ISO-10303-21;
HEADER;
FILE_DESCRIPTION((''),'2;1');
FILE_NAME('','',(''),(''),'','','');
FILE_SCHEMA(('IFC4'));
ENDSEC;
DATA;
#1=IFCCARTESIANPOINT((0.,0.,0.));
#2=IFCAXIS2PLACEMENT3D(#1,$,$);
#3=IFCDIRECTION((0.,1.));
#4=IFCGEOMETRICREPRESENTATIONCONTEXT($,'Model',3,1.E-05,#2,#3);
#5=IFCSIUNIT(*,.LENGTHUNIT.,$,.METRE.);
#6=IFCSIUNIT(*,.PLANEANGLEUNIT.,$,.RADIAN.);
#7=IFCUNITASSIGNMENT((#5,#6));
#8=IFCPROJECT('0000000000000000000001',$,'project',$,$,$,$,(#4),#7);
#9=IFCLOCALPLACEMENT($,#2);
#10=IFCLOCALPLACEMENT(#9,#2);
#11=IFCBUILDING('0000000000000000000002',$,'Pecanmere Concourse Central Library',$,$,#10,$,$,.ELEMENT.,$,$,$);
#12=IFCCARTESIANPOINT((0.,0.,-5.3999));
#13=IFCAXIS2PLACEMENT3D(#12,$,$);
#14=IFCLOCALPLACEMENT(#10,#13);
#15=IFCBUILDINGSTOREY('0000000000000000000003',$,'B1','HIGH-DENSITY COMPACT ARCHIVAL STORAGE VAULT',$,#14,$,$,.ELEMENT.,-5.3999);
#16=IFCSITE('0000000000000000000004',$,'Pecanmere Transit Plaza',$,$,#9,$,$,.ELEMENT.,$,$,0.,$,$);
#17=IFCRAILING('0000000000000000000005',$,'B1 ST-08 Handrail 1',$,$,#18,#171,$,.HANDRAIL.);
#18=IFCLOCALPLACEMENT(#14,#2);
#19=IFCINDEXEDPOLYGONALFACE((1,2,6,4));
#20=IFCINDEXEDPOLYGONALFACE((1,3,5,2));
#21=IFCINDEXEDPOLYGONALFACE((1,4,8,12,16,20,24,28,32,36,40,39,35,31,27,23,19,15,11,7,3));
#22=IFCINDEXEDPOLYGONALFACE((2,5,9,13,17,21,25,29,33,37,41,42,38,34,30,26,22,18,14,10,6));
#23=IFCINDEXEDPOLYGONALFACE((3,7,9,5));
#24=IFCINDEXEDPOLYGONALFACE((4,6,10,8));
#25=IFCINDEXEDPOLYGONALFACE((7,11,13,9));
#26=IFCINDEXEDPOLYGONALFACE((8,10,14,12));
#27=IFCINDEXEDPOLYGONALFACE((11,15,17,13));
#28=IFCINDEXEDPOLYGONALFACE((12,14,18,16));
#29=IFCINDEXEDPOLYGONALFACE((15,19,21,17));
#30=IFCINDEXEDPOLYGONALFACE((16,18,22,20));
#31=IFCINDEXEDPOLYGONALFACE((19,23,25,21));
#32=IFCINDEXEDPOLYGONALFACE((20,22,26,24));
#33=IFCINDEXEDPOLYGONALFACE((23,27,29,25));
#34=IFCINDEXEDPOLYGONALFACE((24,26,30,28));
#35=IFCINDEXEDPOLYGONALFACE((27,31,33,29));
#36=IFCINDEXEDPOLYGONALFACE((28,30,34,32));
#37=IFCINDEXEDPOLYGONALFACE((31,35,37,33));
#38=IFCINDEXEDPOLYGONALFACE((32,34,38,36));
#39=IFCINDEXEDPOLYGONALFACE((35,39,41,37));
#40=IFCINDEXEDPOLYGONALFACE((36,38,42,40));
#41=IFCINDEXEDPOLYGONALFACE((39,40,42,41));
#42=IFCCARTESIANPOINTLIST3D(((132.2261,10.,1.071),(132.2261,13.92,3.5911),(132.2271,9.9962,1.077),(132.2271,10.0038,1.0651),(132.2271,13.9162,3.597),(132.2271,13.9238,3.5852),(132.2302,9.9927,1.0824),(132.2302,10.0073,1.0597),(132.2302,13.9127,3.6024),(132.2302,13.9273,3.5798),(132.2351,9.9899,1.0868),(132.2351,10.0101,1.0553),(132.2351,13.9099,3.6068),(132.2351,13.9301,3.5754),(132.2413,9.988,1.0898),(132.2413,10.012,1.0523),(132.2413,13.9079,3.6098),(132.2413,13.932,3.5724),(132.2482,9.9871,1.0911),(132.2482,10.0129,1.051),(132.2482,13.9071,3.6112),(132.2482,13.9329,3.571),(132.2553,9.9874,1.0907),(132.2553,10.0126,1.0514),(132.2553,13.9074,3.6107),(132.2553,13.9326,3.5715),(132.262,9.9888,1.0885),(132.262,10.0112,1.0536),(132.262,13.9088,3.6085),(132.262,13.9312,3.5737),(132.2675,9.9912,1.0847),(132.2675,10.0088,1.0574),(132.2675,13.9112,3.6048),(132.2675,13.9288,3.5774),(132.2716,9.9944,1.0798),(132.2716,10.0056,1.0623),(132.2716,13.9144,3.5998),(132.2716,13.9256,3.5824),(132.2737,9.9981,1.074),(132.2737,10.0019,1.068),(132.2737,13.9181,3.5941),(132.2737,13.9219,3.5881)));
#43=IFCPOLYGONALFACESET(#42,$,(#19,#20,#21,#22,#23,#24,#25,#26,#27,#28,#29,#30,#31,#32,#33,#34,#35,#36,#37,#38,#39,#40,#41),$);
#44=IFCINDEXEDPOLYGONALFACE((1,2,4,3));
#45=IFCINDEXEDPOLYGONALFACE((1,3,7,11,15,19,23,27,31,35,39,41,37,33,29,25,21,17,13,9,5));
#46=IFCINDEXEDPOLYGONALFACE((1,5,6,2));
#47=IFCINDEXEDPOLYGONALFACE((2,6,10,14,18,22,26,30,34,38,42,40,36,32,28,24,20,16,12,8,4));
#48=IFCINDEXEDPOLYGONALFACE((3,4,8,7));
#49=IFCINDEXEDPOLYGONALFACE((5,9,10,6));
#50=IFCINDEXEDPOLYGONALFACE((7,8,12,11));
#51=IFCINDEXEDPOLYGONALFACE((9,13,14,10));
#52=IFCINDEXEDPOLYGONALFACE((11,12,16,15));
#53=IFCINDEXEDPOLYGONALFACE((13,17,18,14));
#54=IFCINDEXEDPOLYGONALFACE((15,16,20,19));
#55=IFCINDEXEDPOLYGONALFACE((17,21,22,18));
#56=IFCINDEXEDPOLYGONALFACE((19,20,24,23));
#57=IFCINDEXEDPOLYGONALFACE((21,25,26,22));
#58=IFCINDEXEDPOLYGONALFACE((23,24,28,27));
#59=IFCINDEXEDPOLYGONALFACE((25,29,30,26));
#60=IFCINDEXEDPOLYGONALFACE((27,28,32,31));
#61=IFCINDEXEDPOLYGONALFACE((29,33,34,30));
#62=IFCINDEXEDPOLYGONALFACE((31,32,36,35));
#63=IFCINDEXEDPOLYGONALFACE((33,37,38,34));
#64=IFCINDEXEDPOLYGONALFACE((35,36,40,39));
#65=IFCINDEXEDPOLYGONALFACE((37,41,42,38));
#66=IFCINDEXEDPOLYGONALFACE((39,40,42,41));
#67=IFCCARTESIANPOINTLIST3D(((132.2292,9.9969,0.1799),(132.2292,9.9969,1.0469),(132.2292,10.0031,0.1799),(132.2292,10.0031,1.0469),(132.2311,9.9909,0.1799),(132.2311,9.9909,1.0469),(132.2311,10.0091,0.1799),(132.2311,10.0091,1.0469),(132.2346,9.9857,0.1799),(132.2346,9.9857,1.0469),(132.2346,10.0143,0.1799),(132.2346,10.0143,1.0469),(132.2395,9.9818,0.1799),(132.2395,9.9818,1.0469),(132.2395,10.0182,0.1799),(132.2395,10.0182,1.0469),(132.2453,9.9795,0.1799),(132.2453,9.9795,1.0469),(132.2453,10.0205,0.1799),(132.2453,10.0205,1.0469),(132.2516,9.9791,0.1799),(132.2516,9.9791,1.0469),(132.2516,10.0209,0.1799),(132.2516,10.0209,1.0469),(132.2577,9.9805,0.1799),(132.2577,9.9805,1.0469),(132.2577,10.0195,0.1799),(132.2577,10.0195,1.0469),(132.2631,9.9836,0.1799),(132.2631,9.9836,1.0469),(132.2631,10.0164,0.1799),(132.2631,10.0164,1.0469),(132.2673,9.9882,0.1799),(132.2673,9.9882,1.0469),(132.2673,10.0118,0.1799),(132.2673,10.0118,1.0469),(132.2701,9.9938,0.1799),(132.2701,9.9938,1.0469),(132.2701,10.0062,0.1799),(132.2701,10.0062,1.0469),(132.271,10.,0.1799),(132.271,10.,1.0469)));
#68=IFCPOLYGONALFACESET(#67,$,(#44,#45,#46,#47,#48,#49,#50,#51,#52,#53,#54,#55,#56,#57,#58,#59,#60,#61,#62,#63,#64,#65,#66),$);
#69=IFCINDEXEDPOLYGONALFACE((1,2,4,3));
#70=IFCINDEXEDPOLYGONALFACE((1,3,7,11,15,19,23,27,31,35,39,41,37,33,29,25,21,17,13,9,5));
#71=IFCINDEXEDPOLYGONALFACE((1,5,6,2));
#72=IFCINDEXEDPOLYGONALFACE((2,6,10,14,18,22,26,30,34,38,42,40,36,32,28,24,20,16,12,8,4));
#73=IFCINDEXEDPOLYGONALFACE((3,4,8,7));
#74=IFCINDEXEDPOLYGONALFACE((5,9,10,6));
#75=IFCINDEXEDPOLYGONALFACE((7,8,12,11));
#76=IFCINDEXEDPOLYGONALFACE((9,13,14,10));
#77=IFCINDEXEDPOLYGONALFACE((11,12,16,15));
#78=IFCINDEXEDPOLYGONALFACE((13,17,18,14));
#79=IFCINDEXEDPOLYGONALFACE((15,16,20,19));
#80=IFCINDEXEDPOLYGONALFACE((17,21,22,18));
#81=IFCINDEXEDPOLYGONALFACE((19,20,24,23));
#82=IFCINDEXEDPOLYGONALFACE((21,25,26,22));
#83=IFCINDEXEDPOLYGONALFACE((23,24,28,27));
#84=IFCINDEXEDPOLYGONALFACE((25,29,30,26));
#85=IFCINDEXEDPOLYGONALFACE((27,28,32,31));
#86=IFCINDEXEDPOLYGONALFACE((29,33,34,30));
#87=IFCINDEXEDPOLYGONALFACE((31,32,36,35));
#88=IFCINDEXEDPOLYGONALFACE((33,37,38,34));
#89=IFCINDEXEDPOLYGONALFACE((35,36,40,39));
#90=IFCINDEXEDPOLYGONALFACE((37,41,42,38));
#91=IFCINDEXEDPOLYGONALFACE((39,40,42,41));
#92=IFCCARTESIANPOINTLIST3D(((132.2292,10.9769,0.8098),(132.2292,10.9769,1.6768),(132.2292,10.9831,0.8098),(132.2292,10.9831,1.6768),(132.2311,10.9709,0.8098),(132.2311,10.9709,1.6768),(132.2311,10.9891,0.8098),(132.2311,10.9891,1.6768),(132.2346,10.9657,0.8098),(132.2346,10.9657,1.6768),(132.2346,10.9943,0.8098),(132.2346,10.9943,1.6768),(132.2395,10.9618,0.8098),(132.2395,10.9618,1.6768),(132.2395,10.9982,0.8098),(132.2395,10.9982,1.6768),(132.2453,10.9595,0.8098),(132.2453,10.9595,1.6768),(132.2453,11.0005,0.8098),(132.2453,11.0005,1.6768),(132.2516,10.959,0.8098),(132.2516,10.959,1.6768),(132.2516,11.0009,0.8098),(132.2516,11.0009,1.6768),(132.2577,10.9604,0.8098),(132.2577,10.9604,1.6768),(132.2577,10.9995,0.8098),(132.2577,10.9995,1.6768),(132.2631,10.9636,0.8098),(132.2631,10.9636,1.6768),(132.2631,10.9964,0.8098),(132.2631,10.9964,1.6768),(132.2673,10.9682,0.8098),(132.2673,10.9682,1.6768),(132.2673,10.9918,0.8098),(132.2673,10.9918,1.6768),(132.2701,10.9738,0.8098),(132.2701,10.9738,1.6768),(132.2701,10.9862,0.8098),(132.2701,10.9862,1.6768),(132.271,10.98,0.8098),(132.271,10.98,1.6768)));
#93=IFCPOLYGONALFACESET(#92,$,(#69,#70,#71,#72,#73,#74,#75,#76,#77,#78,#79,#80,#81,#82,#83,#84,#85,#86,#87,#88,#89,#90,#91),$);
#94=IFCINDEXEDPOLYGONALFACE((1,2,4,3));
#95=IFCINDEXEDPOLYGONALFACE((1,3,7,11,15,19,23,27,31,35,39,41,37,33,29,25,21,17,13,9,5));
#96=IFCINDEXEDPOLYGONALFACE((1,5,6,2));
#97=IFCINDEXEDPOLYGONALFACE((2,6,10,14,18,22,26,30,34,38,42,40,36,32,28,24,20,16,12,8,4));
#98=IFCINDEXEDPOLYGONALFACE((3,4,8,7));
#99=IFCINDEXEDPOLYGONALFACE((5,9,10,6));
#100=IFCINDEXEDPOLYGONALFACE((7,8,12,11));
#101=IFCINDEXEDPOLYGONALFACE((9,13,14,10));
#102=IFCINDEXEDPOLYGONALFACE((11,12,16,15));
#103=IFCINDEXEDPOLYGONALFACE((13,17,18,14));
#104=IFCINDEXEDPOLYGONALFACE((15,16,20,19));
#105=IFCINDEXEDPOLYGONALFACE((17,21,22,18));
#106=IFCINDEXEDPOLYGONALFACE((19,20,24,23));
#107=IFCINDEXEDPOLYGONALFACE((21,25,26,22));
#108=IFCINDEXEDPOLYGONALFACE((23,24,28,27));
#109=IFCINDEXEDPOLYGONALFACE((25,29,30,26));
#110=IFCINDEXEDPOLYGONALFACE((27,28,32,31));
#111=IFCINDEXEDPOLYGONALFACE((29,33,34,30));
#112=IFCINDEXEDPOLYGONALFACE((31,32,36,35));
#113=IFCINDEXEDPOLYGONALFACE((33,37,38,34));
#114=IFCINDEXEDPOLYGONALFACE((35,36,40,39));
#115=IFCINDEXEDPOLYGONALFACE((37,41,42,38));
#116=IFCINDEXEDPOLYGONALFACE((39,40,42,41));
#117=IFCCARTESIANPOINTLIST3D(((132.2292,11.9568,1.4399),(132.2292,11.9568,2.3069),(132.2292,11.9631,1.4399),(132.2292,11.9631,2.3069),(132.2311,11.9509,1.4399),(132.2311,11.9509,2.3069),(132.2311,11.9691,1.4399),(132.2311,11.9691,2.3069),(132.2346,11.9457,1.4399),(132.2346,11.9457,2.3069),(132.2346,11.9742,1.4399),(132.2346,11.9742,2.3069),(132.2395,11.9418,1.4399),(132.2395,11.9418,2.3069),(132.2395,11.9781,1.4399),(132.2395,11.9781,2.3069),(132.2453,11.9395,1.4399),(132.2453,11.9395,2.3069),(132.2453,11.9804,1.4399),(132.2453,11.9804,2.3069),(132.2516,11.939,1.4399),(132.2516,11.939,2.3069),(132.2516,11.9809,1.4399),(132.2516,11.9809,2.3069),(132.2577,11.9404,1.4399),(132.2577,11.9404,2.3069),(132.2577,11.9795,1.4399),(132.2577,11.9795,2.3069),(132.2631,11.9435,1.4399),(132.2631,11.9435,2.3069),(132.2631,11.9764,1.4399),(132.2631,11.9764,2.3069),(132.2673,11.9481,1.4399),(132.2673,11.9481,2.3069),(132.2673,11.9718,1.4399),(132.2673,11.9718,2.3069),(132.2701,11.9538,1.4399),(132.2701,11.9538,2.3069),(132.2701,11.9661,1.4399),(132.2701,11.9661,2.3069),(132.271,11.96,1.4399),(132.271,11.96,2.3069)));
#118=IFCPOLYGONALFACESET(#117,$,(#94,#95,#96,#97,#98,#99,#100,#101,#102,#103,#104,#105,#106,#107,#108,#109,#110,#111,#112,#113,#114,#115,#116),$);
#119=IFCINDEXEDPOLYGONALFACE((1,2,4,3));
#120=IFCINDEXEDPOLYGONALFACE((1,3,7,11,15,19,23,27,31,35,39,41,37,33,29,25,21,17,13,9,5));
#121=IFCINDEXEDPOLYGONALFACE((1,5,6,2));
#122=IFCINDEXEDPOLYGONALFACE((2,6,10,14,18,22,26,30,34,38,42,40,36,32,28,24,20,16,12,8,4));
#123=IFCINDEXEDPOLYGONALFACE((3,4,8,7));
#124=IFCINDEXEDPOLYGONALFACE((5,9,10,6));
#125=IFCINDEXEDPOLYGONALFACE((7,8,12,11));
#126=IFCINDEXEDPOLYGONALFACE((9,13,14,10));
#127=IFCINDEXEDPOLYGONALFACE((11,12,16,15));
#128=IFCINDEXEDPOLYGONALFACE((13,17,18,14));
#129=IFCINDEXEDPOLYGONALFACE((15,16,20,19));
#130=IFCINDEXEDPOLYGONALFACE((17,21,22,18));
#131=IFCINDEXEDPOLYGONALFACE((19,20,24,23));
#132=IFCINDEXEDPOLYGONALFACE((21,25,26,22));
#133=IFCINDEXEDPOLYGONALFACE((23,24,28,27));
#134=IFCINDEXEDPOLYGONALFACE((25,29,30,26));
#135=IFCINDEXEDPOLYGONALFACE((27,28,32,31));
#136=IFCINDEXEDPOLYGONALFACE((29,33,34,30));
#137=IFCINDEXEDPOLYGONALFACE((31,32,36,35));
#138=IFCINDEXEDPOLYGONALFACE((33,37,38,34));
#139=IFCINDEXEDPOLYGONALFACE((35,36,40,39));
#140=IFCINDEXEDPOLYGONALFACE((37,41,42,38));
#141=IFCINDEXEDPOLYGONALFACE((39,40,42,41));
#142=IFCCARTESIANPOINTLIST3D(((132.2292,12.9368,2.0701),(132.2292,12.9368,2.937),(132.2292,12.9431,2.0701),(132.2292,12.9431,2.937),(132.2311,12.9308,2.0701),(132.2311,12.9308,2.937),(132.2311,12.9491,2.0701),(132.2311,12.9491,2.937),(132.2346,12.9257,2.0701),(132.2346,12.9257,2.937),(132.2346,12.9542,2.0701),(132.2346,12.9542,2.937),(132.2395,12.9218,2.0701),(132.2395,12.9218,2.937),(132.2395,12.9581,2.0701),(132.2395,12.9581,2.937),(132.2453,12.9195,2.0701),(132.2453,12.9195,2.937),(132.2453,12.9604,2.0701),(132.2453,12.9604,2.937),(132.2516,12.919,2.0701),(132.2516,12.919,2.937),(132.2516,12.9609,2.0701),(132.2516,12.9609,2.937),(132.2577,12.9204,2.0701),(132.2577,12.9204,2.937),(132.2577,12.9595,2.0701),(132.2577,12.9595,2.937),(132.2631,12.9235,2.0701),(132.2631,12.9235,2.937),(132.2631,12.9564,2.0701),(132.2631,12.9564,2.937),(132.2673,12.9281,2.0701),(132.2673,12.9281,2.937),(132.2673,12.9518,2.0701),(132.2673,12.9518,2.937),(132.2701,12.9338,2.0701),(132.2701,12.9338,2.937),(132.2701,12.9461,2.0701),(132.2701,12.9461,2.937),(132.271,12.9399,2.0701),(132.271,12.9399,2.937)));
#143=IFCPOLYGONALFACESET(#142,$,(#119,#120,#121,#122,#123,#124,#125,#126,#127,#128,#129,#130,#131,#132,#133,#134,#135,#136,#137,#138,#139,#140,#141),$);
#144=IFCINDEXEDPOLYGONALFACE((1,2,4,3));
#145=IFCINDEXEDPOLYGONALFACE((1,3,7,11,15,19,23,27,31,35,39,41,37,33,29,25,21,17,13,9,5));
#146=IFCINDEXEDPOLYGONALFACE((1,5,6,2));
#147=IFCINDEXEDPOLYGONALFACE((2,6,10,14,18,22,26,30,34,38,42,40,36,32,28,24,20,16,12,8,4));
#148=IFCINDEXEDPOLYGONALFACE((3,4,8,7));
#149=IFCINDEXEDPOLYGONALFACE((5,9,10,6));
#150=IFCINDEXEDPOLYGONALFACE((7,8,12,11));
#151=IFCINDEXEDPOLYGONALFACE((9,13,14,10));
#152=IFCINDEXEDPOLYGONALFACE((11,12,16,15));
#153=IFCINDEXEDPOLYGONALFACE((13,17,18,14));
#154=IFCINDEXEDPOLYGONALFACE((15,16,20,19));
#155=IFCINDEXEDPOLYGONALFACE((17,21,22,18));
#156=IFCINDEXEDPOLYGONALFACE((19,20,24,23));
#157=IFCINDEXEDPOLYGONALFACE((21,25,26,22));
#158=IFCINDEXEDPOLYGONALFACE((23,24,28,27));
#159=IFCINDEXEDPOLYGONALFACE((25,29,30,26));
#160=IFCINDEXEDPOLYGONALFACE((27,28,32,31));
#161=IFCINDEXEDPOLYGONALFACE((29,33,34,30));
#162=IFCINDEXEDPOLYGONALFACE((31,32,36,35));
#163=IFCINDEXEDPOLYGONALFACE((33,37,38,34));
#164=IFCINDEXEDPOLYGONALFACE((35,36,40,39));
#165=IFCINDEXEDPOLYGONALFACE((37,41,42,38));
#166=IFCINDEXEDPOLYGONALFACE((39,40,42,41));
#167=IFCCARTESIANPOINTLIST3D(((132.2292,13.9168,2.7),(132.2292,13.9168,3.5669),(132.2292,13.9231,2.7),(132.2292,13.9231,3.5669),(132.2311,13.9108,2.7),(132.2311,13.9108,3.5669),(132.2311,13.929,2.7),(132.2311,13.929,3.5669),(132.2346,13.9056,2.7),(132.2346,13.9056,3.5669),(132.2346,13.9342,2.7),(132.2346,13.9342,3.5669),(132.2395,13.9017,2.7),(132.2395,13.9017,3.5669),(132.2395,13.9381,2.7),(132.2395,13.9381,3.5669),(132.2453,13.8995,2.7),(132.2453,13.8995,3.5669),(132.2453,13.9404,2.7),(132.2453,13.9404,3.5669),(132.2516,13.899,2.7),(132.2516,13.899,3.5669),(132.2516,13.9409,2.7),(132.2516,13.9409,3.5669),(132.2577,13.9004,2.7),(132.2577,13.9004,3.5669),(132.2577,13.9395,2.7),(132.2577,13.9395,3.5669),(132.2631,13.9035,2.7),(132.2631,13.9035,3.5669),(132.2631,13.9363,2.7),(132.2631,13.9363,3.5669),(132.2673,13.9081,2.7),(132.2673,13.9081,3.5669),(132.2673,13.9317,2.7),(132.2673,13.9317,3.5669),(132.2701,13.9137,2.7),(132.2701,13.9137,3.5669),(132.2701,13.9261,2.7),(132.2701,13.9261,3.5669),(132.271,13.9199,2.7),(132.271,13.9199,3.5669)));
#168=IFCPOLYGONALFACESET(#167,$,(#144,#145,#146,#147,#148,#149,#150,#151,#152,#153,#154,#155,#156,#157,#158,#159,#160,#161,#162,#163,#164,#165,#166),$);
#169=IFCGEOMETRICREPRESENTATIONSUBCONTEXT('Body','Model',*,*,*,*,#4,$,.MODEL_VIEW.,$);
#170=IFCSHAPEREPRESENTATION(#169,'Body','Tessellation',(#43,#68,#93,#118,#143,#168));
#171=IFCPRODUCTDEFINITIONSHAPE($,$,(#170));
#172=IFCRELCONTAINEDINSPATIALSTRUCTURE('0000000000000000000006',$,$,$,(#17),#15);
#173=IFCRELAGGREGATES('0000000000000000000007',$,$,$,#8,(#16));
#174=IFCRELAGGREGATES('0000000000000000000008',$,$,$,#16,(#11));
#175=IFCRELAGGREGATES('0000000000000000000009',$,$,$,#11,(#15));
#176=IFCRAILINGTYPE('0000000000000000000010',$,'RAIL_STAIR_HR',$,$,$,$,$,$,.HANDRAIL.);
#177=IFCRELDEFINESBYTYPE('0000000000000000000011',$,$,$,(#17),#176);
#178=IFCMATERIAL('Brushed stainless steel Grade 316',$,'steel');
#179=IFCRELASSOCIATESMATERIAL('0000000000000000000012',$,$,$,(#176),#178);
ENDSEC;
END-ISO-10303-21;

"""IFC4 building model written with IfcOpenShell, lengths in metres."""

from ifc_helpers import new_model, si_unit, direction, frame, origin, origin_2d, place, context, subcontext, project, spatial, circle, extrude, material, type_object, element, save


model = new_model("IFC4")

# Units and contexts
model_context = context("Model", 3, precision=1e-05, world=origin(), true_north=direction((0.0, 1.0)))
body_context = subcontext(model_context, "Body", "Model", "MODEL_VIEW")
ifc_project = project(units=[si_unit("LENGTHUNIT", "METRE"), si_unit("PLANEANGLEUNIT", "RADIAN")], contexts=[model_context])

# Site, building, storey
site_placement = place(None, origin())
site = spatial("IfcSite", under=ifc_project, at=site_placement, Name="Pecanmere Transit Plaza", CompositionType="ELEMENT", RefElevation=0.0)
building_placement = place(site_placement, origin())
building = spatial("IfcBuilding", under=site, at=building_placement, Name="Pecanmere Concourse Central Library", CompositionType="ELEMENT")
storey_placement = place(building_placement, frame((0.0, 0.0, -5.3999)))
storey = spatial("IfcBuildingStorey", under=building, at=storey_placement, Name="B1", Description="HIGH-DENSITY COMPACT ARCHIVAL STORAGE VAULT", CompositionType="ELEMENT", Elevation=-5.3999)

# Railing
ifc_material_1 = material(Name="Brushed stainless steel Grade 316", Category="steel")
railing_type_1 = type_object("IfcRailingType", Name="RAIL_STAIR_HR", PredefinedType="HANDRAIL", material=ifc_material_1)
railing_1_placement = place(storey_placement, frame((132.25, 10.0, 0.1799)))
element("IfcRailing", 1, at=railing_1_placement, inside=storey, type_object=railing_type_1, Name="B1 ST-08 Handrail 1", PredefinedType="HANDRAIL", context=body_context, shape_type="SweptSolid", body=[
    extrude(circle(Radius=0.0239, at=origin_2d()), frame((0.0, 0.0, 0.8911), z_axis=(0.0, 0.841172, 0.540768), x_axis=(-1.0, 0.0, 0.0)), (0.0, 0.0, 1.0), 4.6602),
    extrude(circle(Radius=0.021, at=origin_2d()), origin(), (0.0, 0.0, 1.0), 0.8669),
    extrude(circle(Radius=0.021, at=origin_2d()), frame((0.0, 0.98, 0.6299)), (0.0, 0.0, 1.0), 0.8669),
    extrude(circle(Radius=0.021, at=origin_2d()), frame((0.0, 1.96, 1.26)), (0.0, 0.0, 1.0), 0.8669),
    extrude(circle(Radius=0.021, at=origin_2d()), frame((0.0, 2.9399, 1.8901)), (0.0, 0.0, 1.0), 0.8669),
    extrude(circle(Radius=0.021, at=origin_2d()), frame((0.0, 3.9199, 2.52)), (0.0, 0.0, 1.0), 0.8669),
])

save(model, "model.ifc")
